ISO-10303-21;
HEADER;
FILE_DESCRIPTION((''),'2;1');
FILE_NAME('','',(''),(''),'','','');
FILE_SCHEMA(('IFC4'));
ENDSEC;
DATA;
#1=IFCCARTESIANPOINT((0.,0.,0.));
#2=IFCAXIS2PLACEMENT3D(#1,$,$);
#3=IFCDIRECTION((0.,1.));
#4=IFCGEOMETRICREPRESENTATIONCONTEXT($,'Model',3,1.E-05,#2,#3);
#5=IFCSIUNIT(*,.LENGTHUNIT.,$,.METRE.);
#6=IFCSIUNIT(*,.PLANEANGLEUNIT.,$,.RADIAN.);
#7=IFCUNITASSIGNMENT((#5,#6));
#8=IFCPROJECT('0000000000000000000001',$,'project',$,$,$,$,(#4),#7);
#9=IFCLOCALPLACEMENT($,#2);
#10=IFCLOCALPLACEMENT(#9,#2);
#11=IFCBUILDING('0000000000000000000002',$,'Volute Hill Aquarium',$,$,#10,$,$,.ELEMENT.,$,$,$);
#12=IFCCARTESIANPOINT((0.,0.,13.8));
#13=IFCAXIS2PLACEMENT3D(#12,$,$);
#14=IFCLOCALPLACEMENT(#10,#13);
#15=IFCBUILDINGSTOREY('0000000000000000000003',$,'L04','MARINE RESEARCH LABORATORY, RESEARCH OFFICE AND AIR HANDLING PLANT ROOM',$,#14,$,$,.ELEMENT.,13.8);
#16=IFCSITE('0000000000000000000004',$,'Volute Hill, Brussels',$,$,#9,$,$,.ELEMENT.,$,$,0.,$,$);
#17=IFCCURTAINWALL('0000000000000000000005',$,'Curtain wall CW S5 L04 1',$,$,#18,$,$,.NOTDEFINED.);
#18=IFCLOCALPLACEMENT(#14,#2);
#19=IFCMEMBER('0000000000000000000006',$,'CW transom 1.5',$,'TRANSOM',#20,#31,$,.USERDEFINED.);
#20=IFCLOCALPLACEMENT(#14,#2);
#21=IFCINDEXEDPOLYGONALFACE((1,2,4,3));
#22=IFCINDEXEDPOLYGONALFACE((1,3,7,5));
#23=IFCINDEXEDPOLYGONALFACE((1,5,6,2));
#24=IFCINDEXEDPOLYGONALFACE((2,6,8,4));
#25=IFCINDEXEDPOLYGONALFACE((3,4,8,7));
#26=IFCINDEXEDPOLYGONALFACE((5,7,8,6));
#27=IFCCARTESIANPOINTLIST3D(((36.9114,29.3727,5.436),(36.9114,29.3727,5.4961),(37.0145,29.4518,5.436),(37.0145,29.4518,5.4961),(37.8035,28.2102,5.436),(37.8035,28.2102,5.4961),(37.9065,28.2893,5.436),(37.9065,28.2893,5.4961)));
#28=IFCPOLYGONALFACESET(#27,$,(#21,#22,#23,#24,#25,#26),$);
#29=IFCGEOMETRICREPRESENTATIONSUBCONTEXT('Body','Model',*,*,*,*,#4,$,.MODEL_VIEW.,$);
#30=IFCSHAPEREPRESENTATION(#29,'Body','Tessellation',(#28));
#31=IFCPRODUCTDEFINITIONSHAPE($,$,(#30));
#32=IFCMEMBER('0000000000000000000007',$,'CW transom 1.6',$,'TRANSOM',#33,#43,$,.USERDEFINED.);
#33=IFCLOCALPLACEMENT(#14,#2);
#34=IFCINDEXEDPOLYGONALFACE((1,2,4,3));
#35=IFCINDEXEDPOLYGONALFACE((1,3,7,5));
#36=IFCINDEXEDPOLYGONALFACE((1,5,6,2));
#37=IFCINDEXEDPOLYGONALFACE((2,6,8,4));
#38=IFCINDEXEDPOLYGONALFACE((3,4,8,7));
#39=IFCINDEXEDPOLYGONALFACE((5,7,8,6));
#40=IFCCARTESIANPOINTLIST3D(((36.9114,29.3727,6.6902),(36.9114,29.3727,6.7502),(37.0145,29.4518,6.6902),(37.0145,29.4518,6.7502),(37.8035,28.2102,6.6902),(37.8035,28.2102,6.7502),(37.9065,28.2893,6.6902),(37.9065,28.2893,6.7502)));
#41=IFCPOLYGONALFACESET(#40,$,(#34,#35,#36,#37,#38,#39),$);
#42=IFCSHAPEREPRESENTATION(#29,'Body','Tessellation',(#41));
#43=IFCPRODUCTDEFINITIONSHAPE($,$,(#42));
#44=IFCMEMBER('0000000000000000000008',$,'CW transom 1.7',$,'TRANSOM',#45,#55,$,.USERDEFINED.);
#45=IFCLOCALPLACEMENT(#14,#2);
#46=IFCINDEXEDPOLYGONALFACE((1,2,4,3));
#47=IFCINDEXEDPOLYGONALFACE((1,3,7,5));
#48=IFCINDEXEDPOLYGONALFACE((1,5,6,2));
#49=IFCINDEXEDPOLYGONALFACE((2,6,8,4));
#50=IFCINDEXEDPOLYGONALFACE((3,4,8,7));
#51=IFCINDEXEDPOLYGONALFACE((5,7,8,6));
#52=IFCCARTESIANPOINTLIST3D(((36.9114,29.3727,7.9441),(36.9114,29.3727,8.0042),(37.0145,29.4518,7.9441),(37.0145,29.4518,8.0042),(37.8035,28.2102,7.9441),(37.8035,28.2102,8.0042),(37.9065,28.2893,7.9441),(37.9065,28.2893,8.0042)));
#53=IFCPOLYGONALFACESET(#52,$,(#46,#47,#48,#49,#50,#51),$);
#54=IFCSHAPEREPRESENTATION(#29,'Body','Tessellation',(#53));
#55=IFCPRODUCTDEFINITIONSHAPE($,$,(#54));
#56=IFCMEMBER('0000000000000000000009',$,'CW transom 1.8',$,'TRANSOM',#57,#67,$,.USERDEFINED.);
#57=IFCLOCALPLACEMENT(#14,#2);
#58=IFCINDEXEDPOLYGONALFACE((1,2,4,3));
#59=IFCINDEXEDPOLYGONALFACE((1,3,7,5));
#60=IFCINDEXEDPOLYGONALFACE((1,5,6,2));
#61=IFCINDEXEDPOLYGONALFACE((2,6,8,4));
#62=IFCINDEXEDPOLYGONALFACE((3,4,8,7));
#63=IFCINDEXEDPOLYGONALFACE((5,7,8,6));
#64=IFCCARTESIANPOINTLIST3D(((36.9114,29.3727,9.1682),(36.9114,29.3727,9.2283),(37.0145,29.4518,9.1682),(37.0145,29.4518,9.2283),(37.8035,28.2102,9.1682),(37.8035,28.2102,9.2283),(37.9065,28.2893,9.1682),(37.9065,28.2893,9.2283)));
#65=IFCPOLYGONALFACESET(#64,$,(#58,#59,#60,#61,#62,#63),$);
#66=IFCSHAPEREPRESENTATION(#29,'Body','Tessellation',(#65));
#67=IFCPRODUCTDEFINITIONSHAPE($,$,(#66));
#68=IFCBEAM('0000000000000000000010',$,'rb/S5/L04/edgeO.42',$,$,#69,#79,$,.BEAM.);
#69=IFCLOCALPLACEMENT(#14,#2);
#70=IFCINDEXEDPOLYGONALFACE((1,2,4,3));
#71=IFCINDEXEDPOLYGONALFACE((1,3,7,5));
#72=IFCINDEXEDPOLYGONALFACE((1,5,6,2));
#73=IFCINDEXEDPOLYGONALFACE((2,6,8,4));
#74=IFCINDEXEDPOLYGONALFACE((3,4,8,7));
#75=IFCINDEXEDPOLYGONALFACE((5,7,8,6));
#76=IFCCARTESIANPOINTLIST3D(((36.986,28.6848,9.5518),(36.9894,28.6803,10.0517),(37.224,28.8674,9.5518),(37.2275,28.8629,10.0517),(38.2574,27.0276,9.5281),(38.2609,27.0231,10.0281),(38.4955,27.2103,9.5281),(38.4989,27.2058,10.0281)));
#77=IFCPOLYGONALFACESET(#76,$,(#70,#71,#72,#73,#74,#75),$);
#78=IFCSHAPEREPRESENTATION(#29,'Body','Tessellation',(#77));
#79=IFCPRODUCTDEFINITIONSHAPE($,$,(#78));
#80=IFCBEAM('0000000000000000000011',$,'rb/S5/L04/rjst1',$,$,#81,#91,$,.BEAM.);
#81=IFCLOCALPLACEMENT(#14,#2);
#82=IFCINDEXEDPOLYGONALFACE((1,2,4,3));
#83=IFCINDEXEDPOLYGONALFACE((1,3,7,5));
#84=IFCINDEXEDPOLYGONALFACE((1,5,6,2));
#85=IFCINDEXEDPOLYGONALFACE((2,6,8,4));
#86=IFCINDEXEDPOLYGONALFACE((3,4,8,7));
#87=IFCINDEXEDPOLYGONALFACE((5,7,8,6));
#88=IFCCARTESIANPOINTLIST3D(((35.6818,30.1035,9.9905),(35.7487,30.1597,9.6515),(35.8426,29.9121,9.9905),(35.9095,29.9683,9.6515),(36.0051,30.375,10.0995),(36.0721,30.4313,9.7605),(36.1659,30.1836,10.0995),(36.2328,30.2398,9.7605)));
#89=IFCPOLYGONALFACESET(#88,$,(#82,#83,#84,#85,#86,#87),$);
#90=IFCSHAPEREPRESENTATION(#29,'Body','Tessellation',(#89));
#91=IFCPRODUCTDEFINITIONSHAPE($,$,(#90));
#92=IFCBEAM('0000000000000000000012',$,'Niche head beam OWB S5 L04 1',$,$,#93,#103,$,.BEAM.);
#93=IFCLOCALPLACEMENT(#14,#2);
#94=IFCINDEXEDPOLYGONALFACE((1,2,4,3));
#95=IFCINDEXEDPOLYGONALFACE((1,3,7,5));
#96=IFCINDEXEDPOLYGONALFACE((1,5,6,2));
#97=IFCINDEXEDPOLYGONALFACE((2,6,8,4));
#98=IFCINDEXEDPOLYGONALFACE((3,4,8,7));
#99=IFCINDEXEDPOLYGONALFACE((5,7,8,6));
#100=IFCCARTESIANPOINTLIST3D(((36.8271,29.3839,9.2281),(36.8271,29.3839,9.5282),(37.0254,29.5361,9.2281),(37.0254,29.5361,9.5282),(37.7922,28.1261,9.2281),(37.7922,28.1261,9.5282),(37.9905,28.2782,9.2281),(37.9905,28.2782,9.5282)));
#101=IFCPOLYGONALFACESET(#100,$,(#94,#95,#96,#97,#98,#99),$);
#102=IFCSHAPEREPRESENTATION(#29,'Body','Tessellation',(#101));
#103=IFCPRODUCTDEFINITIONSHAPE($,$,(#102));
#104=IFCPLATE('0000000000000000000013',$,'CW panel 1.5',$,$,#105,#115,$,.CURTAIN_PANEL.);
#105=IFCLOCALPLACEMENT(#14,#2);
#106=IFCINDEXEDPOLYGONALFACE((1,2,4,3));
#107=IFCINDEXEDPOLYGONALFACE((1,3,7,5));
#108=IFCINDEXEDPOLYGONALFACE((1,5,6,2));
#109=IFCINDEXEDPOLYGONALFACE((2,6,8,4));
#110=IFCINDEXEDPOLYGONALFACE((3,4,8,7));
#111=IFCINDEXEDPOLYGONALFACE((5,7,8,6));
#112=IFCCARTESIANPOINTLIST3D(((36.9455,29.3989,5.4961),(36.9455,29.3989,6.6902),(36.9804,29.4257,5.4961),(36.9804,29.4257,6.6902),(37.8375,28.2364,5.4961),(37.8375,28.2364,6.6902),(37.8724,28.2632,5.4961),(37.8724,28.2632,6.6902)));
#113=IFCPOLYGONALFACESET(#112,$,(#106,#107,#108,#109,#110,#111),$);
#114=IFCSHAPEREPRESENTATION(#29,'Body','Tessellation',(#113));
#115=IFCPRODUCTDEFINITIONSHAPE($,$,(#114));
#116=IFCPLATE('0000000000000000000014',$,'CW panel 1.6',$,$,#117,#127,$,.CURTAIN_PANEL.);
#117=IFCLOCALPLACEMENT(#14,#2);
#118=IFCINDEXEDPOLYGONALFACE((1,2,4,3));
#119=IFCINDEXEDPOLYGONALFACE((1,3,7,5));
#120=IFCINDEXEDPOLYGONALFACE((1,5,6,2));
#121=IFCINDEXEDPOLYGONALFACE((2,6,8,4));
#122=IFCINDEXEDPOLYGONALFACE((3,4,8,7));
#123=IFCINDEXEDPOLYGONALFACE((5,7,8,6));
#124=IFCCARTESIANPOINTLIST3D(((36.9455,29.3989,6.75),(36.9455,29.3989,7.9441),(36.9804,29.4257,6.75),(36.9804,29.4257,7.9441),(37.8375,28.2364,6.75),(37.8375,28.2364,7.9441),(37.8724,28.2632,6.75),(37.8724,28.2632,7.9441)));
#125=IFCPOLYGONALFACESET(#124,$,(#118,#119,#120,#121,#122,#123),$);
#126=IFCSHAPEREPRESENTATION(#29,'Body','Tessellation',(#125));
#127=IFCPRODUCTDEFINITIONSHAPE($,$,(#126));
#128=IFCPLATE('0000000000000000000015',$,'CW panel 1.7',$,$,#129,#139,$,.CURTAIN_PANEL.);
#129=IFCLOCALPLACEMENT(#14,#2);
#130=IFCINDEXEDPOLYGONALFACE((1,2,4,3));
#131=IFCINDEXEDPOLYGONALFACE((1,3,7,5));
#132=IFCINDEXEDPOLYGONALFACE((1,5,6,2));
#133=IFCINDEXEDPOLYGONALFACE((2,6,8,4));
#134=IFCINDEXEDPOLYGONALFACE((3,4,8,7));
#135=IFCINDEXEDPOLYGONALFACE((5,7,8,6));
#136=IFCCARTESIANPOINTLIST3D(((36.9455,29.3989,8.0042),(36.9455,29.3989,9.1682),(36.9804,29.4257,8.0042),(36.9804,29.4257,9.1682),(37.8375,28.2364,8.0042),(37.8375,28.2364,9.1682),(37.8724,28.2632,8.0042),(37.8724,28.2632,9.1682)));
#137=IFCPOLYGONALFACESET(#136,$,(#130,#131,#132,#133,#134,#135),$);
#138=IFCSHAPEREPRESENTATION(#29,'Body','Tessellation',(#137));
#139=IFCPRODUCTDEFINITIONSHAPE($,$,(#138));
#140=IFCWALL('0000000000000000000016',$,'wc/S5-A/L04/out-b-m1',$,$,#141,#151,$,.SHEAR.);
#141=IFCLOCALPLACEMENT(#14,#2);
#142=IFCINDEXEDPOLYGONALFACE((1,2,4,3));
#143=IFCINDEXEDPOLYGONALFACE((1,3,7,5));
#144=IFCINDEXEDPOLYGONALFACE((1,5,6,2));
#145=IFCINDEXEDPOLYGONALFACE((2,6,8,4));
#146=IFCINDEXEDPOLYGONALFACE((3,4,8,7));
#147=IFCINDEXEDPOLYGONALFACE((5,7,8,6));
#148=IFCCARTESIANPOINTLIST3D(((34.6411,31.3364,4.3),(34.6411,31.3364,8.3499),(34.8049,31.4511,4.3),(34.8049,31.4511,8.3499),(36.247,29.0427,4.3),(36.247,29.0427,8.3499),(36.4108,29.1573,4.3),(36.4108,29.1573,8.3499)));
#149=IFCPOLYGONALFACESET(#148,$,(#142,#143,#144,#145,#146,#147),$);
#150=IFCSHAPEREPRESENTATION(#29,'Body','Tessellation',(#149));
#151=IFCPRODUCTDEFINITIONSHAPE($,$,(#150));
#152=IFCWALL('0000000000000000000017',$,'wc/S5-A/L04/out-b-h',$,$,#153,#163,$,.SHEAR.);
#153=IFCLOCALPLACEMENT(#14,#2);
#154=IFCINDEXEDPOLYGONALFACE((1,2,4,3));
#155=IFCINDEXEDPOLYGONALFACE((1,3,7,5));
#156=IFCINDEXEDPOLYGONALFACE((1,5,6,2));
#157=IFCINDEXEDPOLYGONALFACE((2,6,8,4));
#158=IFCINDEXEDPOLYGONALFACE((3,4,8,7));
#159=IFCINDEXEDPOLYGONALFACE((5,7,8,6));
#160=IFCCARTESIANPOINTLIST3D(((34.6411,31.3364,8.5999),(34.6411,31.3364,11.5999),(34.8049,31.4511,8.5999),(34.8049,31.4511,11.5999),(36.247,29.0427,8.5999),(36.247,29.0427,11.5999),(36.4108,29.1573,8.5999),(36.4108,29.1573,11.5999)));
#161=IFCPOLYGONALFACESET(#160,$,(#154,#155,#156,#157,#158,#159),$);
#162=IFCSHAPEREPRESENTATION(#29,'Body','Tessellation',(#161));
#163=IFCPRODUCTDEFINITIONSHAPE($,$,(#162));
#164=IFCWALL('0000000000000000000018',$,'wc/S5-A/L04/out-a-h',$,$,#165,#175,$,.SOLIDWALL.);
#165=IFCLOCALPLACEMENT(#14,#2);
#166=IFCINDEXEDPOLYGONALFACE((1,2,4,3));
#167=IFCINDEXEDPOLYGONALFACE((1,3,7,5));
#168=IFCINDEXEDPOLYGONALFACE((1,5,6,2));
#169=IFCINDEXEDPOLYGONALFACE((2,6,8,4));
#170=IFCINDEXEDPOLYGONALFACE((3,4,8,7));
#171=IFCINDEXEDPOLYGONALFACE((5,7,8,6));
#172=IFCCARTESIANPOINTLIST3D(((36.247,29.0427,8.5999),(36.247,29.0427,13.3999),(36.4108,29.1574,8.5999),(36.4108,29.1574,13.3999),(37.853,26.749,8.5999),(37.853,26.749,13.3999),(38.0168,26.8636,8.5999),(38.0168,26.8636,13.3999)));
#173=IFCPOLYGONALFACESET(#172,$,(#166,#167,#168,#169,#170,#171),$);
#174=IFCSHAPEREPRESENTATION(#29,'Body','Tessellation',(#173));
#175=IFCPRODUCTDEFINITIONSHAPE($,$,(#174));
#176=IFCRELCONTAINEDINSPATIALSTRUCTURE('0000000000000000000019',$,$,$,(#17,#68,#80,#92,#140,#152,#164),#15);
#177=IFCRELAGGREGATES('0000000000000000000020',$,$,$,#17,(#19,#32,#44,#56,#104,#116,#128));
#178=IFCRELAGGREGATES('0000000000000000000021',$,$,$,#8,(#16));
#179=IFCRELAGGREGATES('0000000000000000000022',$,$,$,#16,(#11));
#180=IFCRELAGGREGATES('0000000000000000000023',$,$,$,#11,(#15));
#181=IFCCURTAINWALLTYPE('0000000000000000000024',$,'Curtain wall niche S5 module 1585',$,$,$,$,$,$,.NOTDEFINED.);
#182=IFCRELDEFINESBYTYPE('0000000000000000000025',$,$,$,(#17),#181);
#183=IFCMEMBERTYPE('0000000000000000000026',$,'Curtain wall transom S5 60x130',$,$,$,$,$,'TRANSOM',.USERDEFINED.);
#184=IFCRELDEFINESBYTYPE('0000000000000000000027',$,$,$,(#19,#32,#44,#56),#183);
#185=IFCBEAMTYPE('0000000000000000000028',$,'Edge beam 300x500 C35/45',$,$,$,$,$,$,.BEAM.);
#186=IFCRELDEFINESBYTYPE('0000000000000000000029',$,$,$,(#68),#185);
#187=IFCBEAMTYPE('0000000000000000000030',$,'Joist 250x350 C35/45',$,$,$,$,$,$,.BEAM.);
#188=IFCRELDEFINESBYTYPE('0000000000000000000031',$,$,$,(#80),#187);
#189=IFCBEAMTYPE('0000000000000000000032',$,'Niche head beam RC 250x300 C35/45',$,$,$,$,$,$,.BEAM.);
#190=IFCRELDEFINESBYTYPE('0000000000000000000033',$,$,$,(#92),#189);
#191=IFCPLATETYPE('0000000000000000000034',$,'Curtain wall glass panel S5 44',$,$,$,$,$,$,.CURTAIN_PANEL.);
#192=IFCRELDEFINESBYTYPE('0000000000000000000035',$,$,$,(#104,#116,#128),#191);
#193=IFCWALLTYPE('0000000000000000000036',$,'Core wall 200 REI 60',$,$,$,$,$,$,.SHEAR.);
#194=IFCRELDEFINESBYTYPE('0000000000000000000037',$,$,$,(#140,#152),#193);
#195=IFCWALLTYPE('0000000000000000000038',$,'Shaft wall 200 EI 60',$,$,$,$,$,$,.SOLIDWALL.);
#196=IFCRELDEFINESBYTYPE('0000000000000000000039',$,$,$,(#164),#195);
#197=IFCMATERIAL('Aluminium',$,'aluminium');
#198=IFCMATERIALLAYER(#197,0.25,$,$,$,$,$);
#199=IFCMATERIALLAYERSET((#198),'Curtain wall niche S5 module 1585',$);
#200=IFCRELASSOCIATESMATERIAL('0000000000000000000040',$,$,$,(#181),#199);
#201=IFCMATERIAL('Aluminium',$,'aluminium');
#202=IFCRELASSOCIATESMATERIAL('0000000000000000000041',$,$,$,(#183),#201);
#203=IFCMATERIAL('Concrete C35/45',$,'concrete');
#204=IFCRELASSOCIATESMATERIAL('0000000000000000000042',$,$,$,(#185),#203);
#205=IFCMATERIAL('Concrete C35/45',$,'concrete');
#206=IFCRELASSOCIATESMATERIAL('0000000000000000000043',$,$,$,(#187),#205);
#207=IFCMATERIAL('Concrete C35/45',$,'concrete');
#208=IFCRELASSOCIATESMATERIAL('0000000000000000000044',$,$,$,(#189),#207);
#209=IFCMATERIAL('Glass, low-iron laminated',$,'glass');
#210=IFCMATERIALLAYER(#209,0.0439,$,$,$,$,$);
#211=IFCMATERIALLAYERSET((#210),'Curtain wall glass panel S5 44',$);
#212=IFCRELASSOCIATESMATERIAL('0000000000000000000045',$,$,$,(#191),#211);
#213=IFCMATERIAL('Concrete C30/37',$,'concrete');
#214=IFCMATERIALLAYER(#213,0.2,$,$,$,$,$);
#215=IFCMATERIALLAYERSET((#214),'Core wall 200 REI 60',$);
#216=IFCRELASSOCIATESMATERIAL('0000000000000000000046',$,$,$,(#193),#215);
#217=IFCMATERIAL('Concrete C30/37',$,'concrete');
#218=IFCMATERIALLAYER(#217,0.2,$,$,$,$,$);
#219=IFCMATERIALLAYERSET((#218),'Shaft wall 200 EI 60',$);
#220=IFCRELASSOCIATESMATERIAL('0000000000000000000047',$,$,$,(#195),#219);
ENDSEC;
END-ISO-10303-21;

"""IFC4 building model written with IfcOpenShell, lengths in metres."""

from ifc_helpers import new_model, si_unit, direction, frame, frame_2d, origin, origin_2d, place, context, subcontext, project, spatial, rectangle, extrude, material, layer, layer_set, material_profile, profile_set, type_object, element, aggregate, save


model = new_model("IFC4")

# Units and contexts
model_context = context("Model", 3, precision=1e-05, world=origin(), true_north=direction((0.0, 1.0)))
body_context = subcontext(model_context, "Body", "Model", "MODEL_VIEW")
ifc_project = project(units=[si_unit("LENGTHUNIT", "METRE"), si_unit("PLANEANGLEUNIT", "RADIAN")], contexts=[model_context])

# Site, building, storey
site_placement = place(None, origin())
site = spatial("IfcSite", under=ifc_project, at=site_placement, Name="Volute Hill, Brussels", CompositionType="ELEMENT", RefElevation=0.0)
building_placement = place(site_placement, origin())
building = spatial("IfcBuilding", under=site, at=building_placement, Name="Volute Hill Aquarium", CompositionType="ELEMENT")
storey_placement = place(building_placement, frame((0.0, 0.0, 13.8)))
storey = spatial("IfcBuildingStorey", under=building, at=storey_placement, Name="L04", Description="MARINE RESEARCH LABORATORY, RESEARCH OFFICE AND AIR HANDLING PLANT ROOM", CompositionType="ELEMENT", Elevation=13.8)

# Curtain wall, members
ifc_material_1 = material(Name="Aluminium", Category="aluminium")
ifc_layer_1 = layer(ifc_material_1, 0.25)
ifc_layer_set_1 = layer_set([ifc_layer_1], Name="Curtain wall niche S5 module 1585")
curtain_wall_type = type_object("IfcCurtainWallType", Name="Curtain wall niche S5 module 1585", PredefinedType="NOTDEFINED", material=ifc_layer_set_1)
curtain_wall_placement = place(storey_placement, origin())
curtain_wall = element("IfcCurtainWall", 1, at=curtain_wall_placement, inside=storey, type_object=curtain_wall_type, Name="Curtain wall CW S5 L04 1", PredefinedType="NOTDEFINED")
ifc_material_2 = material(Name="Aluminium", Category="aluminium")
ifc_material_profile_1 = material_profile(ifc_material_2, rectangle(XDim=0.1299, YDim=0.0601, at=origin_2d()), Name="Curtain wall transom S5 60x130")
ifc_profile_set_1 = profile_set([ifc_material_profile_1], Name="Aluminium")
member_type = type_object("IfcMemberType", Name="Curtain wall transom S5 60x130", ElementType="TRANSOM", PredefinedType="USERDEFINED", material=ifc_profile_set_1)
member_1_placement = place(storey_placement, frame((37.855, 28.2498, 5.4661), z_axis=(-0.60876, 0.793354, 0.0), x_axis=(-0.793354, -0.60876, 0.0)))
member_1 = element("IfcMember", 2, at=member_1_placement, type_object=member_type, Name="CW transom 1.5", ObjectType="TRANSOM", PredefinedType="USERDEFINED", context=body_context, shape_type="SweptSolid", body=[
    extrude(rectangle(XDim=0.1299, YDim=0.0601, at=origin_2d()), origin(), (0.0, 0.0, 1.0), 1.4653),
])
member_2_placement = place(storey_placement, frame((37.855, 28.2498, 6.7202), z_axis=(-0.60876, 0.793354, 0.0), x_axis=(-0.793354, -0.60876, 0.0)))
member_2 = element("IfcMember", 3, at=member_2_placement, type_object=member_type, Name="CW transom 1.6", ObjectType="TRANSOM", PredefinedType="USERDEFINED", context=body_context, shape_type="SweptSolid", body=[
    extrude(rectangle(XDim=0.1299, YDim=0.0601, at=origin_2d()), origin(), (0.0, 0.0, 1.0), 1.4653),
])
member_3_placement = place(storey_placement, frame((37.855, 28.2498, 7.9741), z_axis=(-0.60876, 0.793354, 0.0), x_axis=(-0.793354, -0.60876, 0.0)))
member_3 = element("IfcMember", 4, at=member_3_placement, type_object=member_type, Name="CW transom 1.7", ObjectType="TRANSOM", PredefinedType="USERDEFINED", context=body_context, shape_type="SweptSolid", body=[
    extrude(rectangle(XDim=0.1299, YDim=0.0601, at=origin_2d()), origin(), (0.0, 0.0, 1.0), 1.4653),
])
member_4_placement = place(storey_placement, frame((37.855, 28.2498, 9.1982), z_axis=(-0.60876, 0.793354, 0.0), x_axis=(-0.793354, -0.60876, 0.0)))
member_4 = element("IfcMember", 5, at=member_4_placement, type_object=member_type, Name="CW transom 1.8", ObjectType="TRANSOM", PredefinedType="USERDEFINED", context=body_context, shape_type="SweptSolid", body=[
    extrude(rectangle(XDim=0.1299, YDim=0.0601, at=origin_2d()), origin(), (0.0, 0.0, 1.0), 1.4653),
])

# Beams
ifc_material_3 = material(Name="Concrete C35/45", Category="concrete")
ifc_material_profile_2 = material_profile(ifc_material_3, rectangle(XDim=0.3, YDim=0.5, at=origin_2d()), Name="RC edge beam 300x500")
ifc_profile_set_2 = profile_set([ifc_material_profile_2], Name="Concrete C35/45")
beam_type_1 = type_object("IfcBeamType", Name="Edge beam 300x500 C35/45", PredefinedType="BEAM", material=ifc_profile_set_2)
beam_1_placement = place(storey_placement, frame((38.3782, 27.1167, 9.7781), z_axis=(-0.608677, 0.793337, 0.011337), x_axis=(-0.793388, -0.608716, 0.0)))
element("IfcBeam", 6, at=beam_1_placement, inside=storey, type_object=beam_type_1, Name="rb/S5/L04/edgeO.42", PredefinedType="BEAM", context=body_context, shape_type="SweptSolid", body=[
    extrude(rectangle(XDim=0.3, YDim=0.5, at=origin_2d()), origin(), (0.0, 0.0, 1.0), 2.0889),
])
ifc_material_4 = material(Name="Concrete C35/45", Category="concrete")
ifc_material_profile_3 = material_profile(ifc_material_4, rectangle(XDim=0.25, YDim=0.3501, at=origin_2d()), Name="RC joist 250x350")
ifc_profile_set_3 = profile_set([ifc_material_profile_3], Name="Concrete C35/45")
beam_type_2 = type_object("IfcBeamType", Name="Joist 250x350 C35/45", PredefinedType="BEAM", material=ifc_profile_set_3)
beam_2_placement = place(storey_placement, frame((35.7957, 30.0359, 9.821), z_axis=(0.741479, 0.622753, 0.249773), x_axis=(-0.643138, 0.76575, 0.0)))
element("IfcBeam", 7, at=beam_2_placement, inside=storey, type_object=beam_type_2, Name="rb/S5/L04/rjst1", PredefinedType="BEAM", context=body_context, shape_type="SweptSolid", body=[
    extrude(rectangle(XDim=0.25, YDim=0.3501, at=origin_2d()), origin(), (0.0, 0.0, 1.0), 0.436),
])
ifc_material_5 = material(Name="Concrete C35/45", Category="concrete")
ifc_material_profile_4 = material_profile(ifc_material_5, rectangle(XDim=0.25, YDim=0.3, at=origin_2d()), Name="RC beam 250x300")
ifc_profile_set_4 = profile_set([ifc_material_profile_4], Name="Concrete C35/45")
beam_type_3 = type_object("IfcBeamType", Name="Niche head beam RC 250x300 C35/45", PredefinedType="BEAM", material=ifc_profile_set_4)
beam_3_placement = place(storey_placement, frame((37.8914, 28.2021, 9.3782), z_axis=(-0.608735, 0.793373, 0.0), x_axis=(-0.793373, -0.608735, 0.0)))
element("IfcBeam", 8, at=beam_3_placement, inside=storey, type_object=beam_type_3, Name="Niche head beam OWB S5 L04 1", PredefinedType="BEAM", context=body_context, shape_type="SweptSolid", body=[
    extrude(rectangle(XDim=0.25, YDim=0.3, at=origin_2d()), origin(), (0.0, 0.0, 1.0), 1.5854),
])

# Plates
ifc_material_6 = material(Name="Glass, low-iron laminated", Category="glass")
ifc_layer_2 = layer(ifc_material_6, 0.0439)
ifc_layer_set_2 = layer_set([ifc_layer_2], Name="Curtain wall glass panel S5 44")
plate_type = type_object("IfcPlateType", Name="Curtain wall glass panel S5 44", PredefinedType="CURTAIN_PANEL", material=ifc_layer_set_2)
plate_1_placement = place(storey_placement, frame((37.4089, 28.8311, 5.4961), z_axis=(0.0, 0.0, 1.0), x_axis=(-0.608752, 0.793361, 0.0)))
plate_1 = element("IfcPlate", 9, at=plate_1_placement, type_object=plate_type, Name="CW panel 1.5", PredefinedType="CURTAIN_PANEL", context=body_context, shape_type="SweptSolid", body=[
    extrude(rectangle(XDim=1.4653, YDim=0.0439, at=origin_2d()), origin(), (0.0, 0.0, 1.0), 1.1941),
])
plate_2_placement = place(storey_placement, frame((37.4089, 28.8311, 6.75), z_axis=(0.0, 0.0, 1.0), x_axis=(-0.608752, 0.793361, 0.0)))
plate_2 = element("IfcPlate", 10, at=plate_2_placement, type_object=plate_type, Name="CW panel 1.6", PredefinedType="CURTAIN_PANEL", context=body_context, shape_type="SweptSolid", body=[
    extrude(rectangle(XDim=1.4653, YDim=0.0439, at=origin_2d()), origin(), (0.0, 0.0, 1.0), 1.1941),
])
plate_3_placement = place(storey_placement, frame((37.4089, 28.8311, 8.0042), z_axis=(0.0, 0.0, 1.0), x_axis=(-0.608752, 0.793361, 0.0)))
plate_3 = element("IfcPlate", 11, at=plate_3_placement, type_object=plate_type, Name="CW panel 1.7", PredefinedType="CURTAIN_PANEL", context=body_context, shape_type="SweptSolid", body=[
    extrude(rectangle(XDim=1.4653, YDim=0.0439, at=origin_2d()), origin(), (0.0, 0.0, 1.0), 1.1641),
])
aggregate(curtain_wall, [member_1, member_2, member_3, member_4, plate_1, plate_2, plate_3])

# Walls
ifc_material_7 = material(Name="Concrete C30/37", Category="concrete")
ifc_layer_3 = layer(ifc_material_7, 0.2)
ifc_layer_set_3 = layer_set([ifc_layer_3], Name="Core wall 200 REI 60")
wall_type_1 = type_object("IfcWallType", Name="Core wall 200 REI 60", PredefinedType="SHEAR", material=ifc_layer_set_3)
wall_1_placement = place(storey_placement, frame((36.3289, 29.1001, 4.3), z_axis=(0.0, 0.0, 1.0), x_axis=(-0.57355, 0.81917, 0.0)))
element("IfcWall", 12, at=wall_1_placement, inside=storey, type_object=wall_type_1, Name="wc/S5-A/L04/out-b-m1", PredefinedType="SHEAR", context=body_context, shape_type="SweptSolid", body=[
    extrude(rectangle(XDim=2.8, YDim=0.2, at=frame_2d((1.3999, 0.0))), origin(), (0.0, 0.0, 1.0), 4.0498),
])
wall_2_placement = place(storey_placement, frame((36.3289, 29.1001, 8.5999), z_axis=(0.0, 0.0, 1.0), x_axis=(-0.57355, 0.81917, 0.0)))
element("IfcWall", 13, at=wall_2_placement, inside=storey, type_object=wall_type_1, Name="wc/S5-A/L04/out-b-h", PredefinedType="SHEAR", context=body_context, shape_type="SweptSolid", body=[
    extrude(rectangle(XDim=2.8, YDim=0.2, at=frame_2d((1.3999, 0.0))), origin(), (0.0, 0.0, 1.0), 3.0),
])
ifc_material_8 = material(Name="Concrete C30/37", Category="concrete")
ifc_layer_4 = layer(ifc_material_8, 0.2)
ifc_layer_set_4 = layer_set([ifc_layer_4], Name="Shaft wall 200 EI 60")
wall_type_2 = type_object("IfcWallType", Name="Shaft wall 200 EI 60", PredefinedType="SOLIDWALL", material=ifc_layer_set_4)
wall_3_placement = place(storey_placement, frame((37.9348, 26.8064, 8.5999), z_axis=(0.0, 0.0, 1.0), x_axis=(-0.57355, 0.81917, 0.0)))
element("IfcWall", 14, at=wall_3_placement, inside=storey, type_object=wall_type_2, Name="wc/S5-A/L04/out-a-h", PredefinedType="SOLIDWALL", context=body_context, shape_type="SweptSolid", body=[
    extrude(rectangle(XDim=2.8, YDim=0.2, at=frame_2d((1.3999, 0.0))), origin(), (0.0, 0.0, 1.0), 4.8),
])

save(model, "model.ifc")
